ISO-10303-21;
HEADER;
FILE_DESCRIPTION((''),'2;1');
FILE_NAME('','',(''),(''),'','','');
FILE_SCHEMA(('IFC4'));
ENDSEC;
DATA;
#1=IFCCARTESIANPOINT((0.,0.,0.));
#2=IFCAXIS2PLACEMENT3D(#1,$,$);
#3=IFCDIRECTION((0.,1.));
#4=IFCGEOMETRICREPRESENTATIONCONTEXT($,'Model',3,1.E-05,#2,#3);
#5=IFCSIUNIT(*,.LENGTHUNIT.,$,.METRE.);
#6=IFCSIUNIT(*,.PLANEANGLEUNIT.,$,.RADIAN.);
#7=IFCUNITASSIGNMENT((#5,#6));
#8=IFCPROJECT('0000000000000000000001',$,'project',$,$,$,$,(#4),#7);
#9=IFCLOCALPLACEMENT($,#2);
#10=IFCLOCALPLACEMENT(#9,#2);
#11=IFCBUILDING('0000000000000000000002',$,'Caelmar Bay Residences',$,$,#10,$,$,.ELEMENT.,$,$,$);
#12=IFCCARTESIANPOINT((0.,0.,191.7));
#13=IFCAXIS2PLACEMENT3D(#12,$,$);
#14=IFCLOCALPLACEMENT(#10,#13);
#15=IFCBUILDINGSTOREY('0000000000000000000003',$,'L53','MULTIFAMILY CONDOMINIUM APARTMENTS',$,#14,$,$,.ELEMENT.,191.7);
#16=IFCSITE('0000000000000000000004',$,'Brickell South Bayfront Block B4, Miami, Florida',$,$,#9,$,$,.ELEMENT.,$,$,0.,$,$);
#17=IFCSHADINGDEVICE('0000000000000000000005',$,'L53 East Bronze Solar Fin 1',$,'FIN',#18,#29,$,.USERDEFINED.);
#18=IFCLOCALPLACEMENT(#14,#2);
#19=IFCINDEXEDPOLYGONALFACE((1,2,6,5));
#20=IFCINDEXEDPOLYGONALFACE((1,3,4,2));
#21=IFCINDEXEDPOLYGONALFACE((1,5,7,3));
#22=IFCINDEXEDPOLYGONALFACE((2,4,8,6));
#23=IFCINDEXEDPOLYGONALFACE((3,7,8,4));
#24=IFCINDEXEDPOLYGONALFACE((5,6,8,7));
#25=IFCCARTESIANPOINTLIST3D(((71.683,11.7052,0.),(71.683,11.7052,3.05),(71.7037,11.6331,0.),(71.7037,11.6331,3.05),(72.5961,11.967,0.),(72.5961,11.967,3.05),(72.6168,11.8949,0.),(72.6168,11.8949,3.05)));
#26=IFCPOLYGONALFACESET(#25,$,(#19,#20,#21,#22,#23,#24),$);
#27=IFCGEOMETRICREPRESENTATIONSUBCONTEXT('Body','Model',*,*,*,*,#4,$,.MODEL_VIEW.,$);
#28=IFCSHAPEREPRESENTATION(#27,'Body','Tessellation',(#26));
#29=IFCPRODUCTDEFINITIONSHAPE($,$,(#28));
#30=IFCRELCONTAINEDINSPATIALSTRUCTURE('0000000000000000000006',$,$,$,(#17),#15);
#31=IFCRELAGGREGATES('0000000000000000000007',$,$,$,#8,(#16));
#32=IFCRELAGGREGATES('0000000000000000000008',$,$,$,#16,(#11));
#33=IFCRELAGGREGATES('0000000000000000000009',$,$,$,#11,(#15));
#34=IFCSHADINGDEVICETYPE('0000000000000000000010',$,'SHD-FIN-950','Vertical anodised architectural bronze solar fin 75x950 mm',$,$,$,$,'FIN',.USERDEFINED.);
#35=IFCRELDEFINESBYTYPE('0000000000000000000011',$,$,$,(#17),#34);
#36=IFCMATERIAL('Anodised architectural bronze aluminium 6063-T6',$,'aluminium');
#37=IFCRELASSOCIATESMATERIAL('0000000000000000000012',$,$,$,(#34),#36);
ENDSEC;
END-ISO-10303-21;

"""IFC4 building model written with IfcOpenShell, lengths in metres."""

from ifc_helpers import new_model, si_unit, direction, frame, origin, origin_2d, place, context, subcontext, project, spatial, rectangle, extrude, material, material_profile, profile_set, type_object, element, save


model = new_model("IFC4")

# Units and contexts
model_context = context("Model", 3, precision=1e-05, world=origin(), true_north=direction((0.0, 1.0)))
body_context = subcontext(model_context, "Body", "Model", "MODEL_VIEW")
ifc_project = project(units=[si_unit("LENGTHUNIT", "METRE"), si_unit("PLANEANGLEUNIT", "RADIAN")], contexts=[model_context])

# Site, building, storey
site_placement = place(None, origin())
site = spatial("IfcSite", under=ifc_project, at=site_placement, Name="Brickell South Bayfront Block B4, Miami, Florida", CompositionType="ELEMENT", RefElevation=0.0)
building_placement = place(site_placement, origin())
building = spatial("IfcBuilding", under=site, at=building_placement, Name="Caelmar Bay Residences", CompositionType="ELEMENT")
storey_placement = place(building_placement, frame((0.0, 0.0, 191.7)))
storey = spatial("IfcBuildingStorey", under=building, at=storey_placement, Name="L53", Description="MULTIFAMILY CONDOMINIUM APARTMENTS", CompositionType="ELEMENT", Elevation=191.7)

# Shading device
ifc_material_1 = material(Name="Anodised architectural bronze aluminium 6063-T6", Category="aluminium")
ifc_material_profile_1 = material_profile(ifc_material_1, rectangle(XDim=0.075, YDim=0.95, at=origin_2d()), Name="BRONZE-FIN-75X950")
ifc_profile_set_1 = profile_set([ifc_material_profile_1], Name="Anodised architectural bronze aluminium 6063-T6")
shading_device_type = type_object("IfcShadingDeviceType", Name="SHD-FIN-950", Description="Vertical anodised architectural bronze solar fin 75x950 mm", ElementType="FIN", PredefinedType="USERDEFINED", material=ifc_profile_set_1)
shading_device_placement = place(storey_placement, frame((72.1499, 11.8, 0.0), z_axis=(0.0, 0.0, 1.0), x_axis=(-0.275637, 0.961262, 0.0)))
element("IfcShadingDevice", 1, at=shading_device_placement, inside=storey, type_object=shading_device_type, Name="L53 East Bronze Solar Fin 1", ObjectType="FIN", PredefinedType="USERDEFINED", context=body_context, shape_type="SweptSolid", body=[
    extrude(rectangle(XDim=0.075, YDim=0.95, at=origin_2d()), origin(), (0.0, 0.0, 1.0), 3.05),
])

save(model, "model.ifc")
